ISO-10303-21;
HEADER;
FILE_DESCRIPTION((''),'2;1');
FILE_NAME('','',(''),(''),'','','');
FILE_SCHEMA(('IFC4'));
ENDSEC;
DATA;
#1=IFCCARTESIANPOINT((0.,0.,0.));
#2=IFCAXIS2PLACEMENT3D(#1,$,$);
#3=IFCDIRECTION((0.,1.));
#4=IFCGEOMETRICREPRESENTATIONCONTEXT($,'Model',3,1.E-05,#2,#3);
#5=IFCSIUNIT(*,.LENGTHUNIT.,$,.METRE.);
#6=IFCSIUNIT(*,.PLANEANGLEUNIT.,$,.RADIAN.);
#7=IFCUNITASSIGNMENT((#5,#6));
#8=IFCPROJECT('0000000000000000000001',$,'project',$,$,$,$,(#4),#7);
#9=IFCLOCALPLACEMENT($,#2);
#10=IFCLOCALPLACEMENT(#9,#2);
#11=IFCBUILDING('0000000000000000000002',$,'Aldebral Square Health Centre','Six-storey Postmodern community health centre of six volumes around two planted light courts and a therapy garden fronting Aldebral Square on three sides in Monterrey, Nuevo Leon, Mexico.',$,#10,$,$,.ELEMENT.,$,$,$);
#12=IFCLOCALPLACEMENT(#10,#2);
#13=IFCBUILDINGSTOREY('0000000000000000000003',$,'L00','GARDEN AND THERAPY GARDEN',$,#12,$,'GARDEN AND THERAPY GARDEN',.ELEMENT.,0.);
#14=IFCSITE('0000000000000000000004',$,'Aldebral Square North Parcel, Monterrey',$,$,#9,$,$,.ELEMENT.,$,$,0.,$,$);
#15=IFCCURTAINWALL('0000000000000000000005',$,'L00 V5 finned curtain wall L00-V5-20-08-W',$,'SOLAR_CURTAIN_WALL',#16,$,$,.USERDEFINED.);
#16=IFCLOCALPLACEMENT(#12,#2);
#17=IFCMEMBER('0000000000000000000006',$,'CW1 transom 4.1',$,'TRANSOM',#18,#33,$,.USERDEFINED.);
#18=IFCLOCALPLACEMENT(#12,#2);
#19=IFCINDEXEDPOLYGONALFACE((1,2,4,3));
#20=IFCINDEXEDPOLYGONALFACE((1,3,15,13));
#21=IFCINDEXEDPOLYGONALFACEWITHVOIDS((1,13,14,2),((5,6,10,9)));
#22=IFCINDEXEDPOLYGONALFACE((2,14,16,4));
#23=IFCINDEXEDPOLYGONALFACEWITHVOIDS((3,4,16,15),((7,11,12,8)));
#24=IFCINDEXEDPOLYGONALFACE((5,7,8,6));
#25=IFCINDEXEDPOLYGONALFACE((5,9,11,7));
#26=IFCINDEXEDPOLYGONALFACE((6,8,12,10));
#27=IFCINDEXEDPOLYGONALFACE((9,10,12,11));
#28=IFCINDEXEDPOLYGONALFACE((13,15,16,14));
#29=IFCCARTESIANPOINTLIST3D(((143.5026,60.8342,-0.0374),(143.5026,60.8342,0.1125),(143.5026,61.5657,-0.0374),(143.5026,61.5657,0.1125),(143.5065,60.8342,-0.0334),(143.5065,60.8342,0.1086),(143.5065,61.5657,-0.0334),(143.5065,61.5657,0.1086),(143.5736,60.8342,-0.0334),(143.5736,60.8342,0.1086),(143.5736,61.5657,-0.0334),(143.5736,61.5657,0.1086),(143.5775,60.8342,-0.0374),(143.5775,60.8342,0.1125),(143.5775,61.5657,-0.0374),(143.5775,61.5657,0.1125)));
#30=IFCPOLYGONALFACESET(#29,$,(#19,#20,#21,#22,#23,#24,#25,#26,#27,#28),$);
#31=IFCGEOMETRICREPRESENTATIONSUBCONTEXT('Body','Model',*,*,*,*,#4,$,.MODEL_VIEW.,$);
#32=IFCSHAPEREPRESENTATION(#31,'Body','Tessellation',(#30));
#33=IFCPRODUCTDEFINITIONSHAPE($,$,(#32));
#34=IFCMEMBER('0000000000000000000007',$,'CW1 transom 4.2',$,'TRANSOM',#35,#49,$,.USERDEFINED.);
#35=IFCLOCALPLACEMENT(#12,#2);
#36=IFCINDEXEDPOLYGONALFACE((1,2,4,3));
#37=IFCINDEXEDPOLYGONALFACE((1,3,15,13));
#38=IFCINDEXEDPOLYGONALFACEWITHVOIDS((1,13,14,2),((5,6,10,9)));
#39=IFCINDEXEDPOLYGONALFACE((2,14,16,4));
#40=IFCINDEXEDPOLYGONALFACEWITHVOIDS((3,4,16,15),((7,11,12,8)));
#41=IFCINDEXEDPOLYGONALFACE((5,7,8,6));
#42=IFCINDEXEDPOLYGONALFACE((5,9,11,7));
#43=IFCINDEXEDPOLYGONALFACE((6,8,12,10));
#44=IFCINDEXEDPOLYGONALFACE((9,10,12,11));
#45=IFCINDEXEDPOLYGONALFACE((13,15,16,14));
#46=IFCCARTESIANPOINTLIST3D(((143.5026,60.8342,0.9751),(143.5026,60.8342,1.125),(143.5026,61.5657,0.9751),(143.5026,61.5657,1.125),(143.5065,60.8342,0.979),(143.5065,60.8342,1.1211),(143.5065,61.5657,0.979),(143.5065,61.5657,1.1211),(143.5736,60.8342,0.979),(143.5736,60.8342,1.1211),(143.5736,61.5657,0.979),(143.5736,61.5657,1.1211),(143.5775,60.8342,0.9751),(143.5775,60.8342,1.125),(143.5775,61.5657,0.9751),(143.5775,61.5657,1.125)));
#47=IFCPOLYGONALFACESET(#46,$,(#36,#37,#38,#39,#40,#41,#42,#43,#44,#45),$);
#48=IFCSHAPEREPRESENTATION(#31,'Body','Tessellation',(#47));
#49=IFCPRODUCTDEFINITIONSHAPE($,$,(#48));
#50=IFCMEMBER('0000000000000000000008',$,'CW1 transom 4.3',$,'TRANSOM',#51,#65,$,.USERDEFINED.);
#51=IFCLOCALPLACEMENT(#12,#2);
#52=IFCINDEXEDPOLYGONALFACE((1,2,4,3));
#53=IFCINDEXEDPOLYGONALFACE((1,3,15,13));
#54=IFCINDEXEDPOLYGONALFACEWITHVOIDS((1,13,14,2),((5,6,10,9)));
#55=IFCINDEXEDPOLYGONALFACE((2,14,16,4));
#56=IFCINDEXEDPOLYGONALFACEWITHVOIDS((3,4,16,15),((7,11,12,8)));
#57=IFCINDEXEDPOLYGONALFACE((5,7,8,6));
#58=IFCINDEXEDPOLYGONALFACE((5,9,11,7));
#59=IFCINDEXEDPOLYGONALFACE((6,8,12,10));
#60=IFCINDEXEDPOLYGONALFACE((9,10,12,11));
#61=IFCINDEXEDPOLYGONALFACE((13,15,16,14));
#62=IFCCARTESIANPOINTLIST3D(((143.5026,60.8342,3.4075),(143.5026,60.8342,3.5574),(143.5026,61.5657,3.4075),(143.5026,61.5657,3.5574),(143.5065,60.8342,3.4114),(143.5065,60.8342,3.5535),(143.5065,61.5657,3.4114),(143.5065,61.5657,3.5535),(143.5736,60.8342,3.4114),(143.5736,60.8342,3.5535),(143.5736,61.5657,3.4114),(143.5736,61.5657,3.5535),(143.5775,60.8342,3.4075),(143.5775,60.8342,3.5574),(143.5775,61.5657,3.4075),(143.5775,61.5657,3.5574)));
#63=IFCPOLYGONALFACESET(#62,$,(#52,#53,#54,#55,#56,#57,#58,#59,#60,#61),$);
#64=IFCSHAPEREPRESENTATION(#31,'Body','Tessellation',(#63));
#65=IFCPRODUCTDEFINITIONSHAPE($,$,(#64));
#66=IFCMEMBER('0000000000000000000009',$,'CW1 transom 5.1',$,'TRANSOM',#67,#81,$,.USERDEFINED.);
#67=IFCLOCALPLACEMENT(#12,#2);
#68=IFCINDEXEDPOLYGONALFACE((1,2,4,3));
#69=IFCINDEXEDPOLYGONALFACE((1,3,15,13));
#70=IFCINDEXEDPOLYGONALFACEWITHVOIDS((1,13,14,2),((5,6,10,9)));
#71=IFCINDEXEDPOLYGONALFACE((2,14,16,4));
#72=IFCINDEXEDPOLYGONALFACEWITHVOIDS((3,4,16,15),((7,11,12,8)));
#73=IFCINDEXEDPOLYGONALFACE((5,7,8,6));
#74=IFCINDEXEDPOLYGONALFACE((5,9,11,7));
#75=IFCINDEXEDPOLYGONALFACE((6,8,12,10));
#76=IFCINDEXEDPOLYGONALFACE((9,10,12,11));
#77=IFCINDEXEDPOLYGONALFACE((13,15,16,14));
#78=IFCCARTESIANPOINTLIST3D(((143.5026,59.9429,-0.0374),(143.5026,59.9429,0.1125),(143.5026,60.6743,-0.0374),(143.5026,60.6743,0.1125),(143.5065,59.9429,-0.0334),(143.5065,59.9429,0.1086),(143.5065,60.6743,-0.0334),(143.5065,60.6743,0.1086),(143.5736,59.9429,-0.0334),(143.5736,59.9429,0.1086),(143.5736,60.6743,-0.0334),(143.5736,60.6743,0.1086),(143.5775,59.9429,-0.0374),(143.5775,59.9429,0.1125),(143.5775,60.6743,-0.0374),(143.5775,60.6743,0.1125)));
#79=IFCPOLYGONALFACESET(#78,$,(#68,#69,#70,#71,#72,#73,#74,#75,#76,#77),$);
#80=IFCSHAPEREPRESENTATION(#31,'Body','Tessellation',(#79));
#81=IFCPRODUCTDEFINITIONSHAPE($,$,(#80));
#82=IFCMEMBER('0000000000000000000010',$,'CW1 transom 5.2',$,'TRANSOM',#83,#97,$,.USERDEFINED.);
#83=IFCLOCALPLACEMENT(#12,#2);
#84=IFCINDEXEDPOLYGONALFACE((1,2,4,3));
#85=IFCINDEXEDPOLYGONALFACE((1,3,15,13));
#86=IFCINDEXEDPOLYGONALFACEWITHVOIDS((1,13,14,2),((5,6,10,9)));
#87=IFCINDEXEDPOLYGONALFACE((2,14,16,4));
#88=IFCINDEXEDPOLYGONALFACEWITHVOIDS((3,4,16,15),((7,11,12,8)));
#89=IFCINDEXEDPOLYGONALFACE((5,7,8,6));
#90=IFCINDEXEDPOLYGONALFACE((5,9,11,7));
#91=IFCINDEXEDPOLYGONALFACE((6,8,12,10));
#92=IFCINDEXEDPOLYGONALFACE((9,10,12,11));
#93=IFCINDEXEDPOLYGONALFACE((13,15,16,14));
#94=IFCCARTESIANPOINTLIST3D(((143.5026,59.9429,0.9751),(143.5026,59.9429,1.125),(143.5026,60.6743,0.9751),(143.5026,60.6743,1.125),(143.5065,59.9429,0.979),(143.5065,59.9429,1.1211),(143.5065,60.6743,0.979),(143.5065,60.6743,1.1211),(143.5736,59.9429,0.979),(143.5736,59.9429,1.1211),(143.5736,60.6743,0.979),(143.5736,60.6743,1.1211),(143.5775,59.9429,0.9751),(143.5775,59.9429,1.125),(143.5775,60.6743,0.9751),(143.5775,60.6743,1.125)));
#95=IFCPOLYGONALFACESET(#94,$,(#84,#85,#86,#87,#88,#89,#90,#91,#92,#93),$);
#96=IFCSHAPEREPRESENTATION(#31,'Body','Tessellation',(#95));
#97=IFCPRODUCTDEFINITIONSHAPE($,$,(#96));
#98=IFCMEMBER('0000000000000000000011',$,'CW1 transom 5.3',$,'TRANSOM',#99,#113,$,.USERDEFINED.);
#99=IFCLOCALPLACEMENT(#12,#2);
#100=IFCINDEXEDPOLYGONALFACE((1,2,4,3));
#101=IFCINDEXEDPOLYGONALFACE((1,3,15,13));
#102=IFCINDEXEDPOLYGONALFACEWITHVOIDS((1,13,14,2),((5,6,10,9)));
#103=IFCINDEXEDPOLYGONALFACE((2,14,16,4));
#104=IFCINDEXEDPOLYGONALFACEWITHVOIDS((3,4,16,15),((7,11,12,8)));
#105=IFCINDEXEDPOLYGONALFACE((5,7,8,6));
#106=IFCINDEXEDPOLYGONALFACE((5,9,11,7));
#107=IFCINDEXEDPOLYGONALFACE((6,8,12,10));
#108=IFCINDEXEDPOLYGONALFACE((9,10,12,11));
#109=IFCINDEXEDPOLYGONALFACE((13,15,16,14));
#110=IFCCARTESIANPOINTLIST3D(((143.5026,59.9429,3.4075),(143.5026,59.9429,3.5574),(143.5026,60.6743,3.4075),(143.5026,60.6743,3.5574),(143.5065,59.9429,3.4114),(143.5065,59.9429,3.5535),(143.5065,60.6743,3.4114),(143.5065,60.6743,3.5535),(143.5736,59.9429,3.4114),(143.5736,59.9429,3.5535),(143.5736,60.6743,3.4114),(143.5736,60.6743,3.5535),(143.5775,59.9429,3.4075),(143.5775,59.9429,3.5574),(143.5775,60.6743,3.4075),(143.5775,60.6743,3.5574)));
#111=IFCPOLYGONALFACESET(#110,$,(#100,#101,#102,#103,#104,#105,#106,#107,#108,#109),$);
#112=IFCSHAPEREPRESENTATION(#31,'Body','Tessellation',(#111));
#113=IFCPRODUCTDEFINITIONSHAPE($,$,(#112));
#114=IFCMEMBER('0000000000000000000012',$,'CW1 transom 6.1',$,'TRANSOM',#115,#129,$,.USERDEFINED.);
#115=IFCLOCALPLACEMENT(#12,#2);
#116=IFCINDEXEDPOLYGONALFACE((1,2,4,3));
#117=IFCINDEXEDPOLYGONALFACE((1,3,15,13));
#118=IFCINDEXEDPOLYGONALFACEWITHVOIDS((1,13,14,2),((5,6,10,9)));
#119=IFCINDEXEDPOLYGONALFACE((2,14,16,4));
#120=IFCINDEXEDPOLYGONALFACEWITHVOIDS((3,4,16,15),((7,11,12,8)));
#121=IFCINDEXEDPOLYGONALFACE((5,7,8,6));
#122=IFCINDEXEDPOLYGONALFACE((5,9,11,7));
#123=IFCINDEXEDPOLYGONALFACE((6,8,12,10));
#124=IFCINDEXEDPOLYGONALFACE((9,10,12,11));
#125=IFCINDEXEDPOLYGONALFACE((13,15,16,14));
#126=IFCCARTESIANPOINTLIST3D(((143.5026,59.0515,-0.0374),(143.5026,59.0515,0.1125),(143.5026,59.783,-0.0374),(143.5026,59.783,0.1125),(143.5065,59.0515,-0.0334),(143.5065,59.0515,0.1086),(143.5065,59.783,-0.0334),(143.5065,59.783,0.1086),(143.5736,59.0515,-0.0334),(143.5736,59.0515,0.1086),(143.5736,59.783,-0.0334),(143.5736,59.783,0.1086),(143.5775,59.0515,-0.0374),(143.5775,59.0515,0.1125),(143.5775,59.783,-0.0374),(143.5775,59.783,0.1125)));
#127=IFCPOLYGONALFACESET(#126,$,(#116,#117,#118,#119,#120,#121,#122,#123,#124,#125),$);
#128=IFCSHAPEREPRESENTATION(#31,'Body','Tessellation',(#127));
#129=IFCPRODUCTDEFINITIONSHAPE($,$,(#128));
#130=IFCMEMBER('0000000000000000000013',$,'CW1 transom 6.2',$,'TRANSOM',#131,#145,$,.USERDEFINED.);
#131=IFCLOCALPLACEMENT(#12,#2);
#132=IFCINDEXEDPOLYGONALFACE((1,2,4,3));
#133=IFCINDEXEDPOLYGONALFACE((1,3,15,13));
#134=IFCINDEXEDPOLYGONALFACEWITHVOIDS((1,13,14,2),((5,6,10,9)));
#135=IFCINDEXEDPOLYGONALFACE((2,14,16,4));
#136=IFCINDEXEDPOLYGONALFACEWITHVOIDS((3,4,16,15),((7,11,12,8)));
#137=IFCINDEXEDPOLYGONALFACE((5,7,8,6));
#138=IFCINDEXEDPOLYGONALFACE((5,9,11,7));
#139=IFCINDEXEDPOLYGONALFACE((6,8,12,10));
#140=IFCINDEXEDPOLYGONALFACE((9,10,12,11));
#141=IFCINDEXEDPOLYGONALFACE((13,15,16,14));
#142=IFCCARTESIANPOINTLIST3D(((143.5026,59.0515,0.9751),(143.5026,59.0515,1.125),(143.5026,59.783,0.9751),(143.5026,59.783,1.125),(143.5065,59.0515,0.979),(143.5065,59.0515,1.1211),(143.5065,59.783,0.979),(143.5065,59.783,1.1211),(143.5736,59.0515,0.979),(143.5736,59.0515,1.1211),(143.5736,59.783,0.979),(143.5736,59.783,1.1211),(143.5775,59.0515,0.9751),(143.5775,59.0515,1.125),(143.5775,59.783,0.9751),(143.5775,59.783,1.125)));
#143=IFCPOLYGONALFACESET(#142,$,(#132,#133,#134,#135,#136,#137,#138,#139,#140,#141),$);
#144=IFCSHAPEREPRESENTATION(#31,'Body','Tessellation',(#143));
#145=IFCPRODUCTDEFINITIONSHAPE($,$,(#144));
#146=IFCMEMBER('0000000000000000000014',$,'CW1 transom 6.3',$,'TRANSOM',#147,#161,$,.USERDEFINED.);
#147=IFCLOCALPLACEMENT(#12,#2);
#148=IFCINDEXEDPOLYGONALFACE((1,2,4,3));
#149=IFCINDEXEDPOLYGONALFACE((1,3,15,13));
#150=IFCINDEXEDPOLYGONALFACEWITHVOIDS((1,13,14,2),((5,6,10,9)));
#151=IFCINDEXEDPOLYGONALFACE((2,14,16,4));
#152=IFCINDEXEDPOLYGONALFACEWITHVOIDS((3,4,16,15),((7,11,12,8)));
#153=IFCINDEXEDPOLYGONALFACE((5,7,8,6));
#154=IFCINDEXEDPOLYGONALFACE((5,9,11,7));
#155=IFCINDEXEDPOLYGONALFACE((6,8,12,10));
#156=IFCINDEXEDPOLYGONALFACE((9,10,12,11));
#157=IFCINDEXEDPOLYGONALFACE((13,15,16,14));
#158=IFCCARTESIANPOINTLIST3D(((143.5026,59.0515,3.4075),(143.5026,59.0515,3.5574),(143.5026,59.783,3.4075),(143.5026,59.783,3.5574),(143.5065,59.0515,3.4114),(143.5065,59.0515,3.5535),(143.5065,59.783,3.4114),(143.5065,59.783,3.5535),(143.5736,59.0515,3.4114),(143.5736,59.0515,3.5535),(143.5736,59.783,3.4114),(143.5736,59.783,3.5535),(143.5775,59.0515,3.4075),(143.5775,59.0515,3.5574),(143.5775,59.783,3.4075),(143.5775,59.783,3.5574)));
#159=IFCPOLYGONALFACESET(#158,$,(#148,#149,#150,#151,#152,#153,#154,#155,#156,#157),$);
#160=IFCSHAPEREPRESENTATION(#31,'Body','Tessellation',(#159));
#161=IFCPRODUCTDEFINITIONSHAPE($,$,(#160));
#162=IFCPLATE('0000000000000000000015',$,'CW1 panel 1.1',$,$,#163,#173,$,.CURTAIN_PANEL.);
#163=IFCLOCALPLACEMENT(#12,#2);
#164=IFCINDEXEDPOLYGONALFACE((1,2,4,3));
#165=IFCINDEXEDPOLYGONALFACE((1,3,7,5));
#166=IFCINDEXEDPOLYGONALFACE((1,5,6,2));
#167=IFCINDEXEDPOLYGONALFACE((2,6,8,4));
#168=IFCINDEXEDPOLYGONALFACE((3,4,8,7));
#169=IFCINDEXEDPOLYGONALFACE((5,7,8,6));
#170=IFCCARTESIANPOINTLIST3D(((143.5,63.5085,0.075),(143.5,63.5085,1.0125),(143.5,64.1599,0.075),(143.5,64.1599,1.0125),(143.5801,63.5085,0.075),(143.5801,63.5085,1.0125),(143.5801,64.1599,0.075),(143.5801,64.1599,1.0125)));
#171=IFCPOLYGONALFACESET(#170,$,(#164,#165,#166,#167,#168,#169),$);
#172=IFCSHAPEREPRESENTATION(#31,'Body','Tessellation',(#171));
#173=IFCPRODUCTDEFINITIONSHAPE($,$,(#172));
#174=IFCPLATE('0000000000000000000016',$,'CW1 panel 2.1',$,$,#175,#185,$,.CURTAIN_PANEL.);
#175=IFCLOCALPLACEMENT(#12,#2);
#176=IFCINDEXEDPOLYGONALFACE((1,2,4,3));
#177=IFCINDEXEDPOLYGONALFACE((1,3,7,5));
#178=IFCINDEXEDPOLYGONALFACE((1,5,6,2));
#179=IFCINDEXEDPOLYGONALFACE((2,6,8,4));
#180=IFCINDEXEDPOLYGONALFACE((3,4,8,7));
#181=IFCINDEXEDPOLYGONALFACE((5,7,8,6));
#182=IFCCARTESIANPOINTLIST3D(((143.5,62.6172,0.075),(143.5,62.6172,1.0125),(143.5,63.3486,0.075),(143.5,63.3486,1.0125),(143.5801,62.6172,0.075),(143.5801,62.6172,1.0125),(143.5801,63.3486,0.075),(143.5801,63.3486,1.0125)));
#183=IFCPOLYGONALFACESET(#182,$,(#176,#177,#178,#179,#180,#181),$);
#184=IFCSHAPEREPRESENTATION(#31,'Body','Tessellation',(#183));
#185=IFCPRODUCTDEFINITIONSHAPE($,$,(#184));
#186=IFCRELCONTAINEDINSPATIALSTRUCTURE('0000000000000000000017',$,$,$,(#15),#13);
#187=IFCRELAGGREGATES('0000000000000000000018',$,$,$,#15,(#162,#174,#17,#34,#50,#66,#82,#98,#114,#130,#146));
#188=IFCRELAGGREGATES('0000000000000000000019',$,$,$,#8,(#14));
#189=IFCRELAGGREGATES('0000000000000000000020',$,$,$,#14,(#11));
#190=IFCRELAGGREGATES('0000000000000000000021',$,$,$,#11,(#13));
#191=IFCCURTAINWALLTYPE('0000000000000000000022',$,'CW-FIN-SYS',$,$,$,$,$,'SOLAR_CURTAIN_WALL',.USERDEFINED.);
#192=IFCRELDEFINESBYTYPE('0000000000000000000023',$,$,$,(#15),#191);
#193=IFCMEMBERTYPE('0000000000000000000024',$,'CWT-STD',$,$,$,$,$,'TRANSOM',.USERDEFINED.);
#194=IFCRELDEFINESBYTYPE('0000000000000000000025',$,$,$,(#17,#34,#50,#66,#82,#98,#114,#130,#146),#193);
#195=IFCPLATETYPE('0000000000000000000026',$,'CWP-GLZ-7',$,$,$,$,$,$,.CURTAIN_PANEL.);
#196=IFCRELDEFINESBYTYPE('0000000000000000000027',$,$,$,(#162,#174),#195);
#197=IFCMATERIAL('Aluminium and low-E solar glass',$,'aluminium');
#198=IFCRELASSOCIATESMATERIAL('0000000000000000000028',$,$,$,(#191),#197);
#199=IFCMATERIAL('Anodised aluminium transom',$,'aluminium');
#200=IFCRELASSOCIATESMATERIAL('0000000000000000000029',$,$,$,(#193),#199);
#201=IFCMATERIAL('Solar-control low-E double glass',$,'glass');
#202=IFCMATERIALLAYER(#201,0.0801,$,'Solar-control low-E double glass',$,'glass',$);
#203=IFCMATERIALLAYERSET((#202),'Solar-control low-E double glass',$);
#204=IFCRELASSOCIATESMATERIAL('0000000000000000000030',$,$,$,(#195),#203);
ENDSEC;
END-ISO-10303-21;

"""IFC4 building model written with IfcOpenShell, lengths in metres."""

from ifc_helpers import new_model, si_unit, direction, frame, origin, origin_2d, place, context, subcontext, project, spatial, rectangle, hollow_rectangle, extrude, material, layer, layer_set, material_profile, profile_set, type_object, element, aggregate, save


model = new_model("IFC4")

# Units and contexts
model_context = context("Model", 3, precision=1e-05, world=origin(), true_north=direction((0.0, 1.0)))
body_context = subcontext(model_context, "Body", "Model", "MODEL_VIEW")
ifc_project = project(units=[si_unit("LENGTHUNIT", "METRE"), si_unit("PLANEANGLEUNIT", "RADIAN")], contexts=[model_context])

# Site, building, storey
site_placement = place(None, origin())
site = spatial("IfcSite", under=ifc_project, at=site_placement, Name="Aldebral Square North Parcel, Monterrey", CompositionType="ELEMENT", RefElevation=0.0)
building_placement = place(site_placement, origin())
building = spatial("IfcBuilding", under=site, at=building_placement, Name="Aldebral Square Health Centre", Description="Six-storey Postmodern community health centre of six volumes around two planted light courts and a therapy garden fronting Aldebral Square on three sides in Monterrey, Nuevo Leon, Mexico.", CompositionType="ELEMENT")
storey_placement = place(building_placement, origin())
storey = spatial("IfcBuildingStorey", under=building, at=storey_placement, Name="L00", Description="GARDEN AND THERAPY GARDEN", LongName="GARDEN AND THERAPY GARDEN", CompositionType="ELEMENT", Elevation=0.0)

# Curtain wall, members, plates
ifc_material_1 = material(Name="Aluminium and low-E solar glass", Category="aluminium")
curtain_wall_type = type_object("IfcCurtainWallType", Name="CW-FIN-SYS", ElementType="SOLAR_CURTAIN_WALL", PredefinedType="USERDEFINED", material=ifc_material_1)
curtain_wall_placement = place(storey_placement, origin())
curtain_wall = element("IfcCurtainWall", 1, at=curtain_wall_placement, inside=storey, type_object=curtain_wall_type, Name="L00 V5 finned curtain wall L00-V5-20-08-W", ObjectType="SOLAR_CURTAIN_WALL", PredefinedType="USERDEFINED")
ifc_material_2 = material(Name="Anodised aluminium transom", Category="aluminium")
ifc_material_profile_1 = material_profile(ifc_material_2, hollow_rectangle(XDim=0.075, YDim=0.1499, WallThickness=0.0039, at=origin_2d()), Name="CWT 75x150x4")
ifc_profile_set_1 = profile_set([ifc_material_profile_1], Name="Anodised aluminium transom")
member_type_1 = type_object("IfcMemberType", Name="CWT-STD", ElementType="TRANSOM", PredefinedType="USERDEFINED", material=ifc_profile_set_1)
member_1_placement = place(storey_placement, frame((143.54, 61.5657, 0.0376), z_axis=(0.0, -1.0, 0.0), x_axis=(1.0, 0.0, 0.0)))
member_1 = element("IfcMember", 2, at=member_1_placement, type_object=member_type_1, Name="CW1 transom 4.1", ObjectType="TRANSOM", PredefinedType="USERDEFINED", context=body_context, shape_type="SweptSolid", body=[
    extrude(hollow_rectangle(XDim=0.075, YDim=0.1499, WallThickness=0.0039, at=origin_2d()), origin(), (0.0, 0.0, 1.0), 0.7314),
])
member_2_placement = place(storey_placement, frame((143.54, 61.5657, 1.05), z_axis=(0.0, -1.0, 0.0), x_axis=(1.0, 0.0, 0.0)))
member_2 = element("IfcMember", 3, at=member_2_placement, type_object=member_type_1, Name="CW1 transom 4.2", ObjectType="TRANSOM", PredefinedType="USERDEFINED", context=body_context, shape_type="SweptSolid", body=[
    extrude(hollow_rectangle(XDim=0.075, YDim=0.1499, WallThickness=0.0039, at=origin_2d()), origin(), (0.0, 0.0, 1.0), 0.7314),
])
member_3_placement = place(storey_placement, frame((143.54, 61.5657, 3.4824), z_axis=(0.0, -1.0, 0.0), x_axis=(1.0, 0.0, 0.0)))
member_3 = element("IfcMember", 4, at=member_3_placement, type_object=member_type_1, Name="CW1 transom 4.3", ObjectType="TRANSOM", PredefinedType="USERDEFINED", context=body_context, shape_type="SweptSolid", body=[
    extrude(hollow_rectangle(XDim=0.075, YDim=0.1499, WallThickness=0.0039, at=origin_2d()), origin(), (0.0, 0.0, 1.0), 0.7314),
])
member_4_placement = place(storey_placement, frame((143.54, 60.6743, 0.0376), z_axis=(0.0, -1.0, 0.0), x_axis=(1.0, 0.0, 0.0)))
member_4 = element("IfcMember", 5, at=member_4_placement, type_object=member_type_1, Name="CW1 transom 5.1", ObjectType="TRANSOM", PredefinedType="USERDEFINED", context=body_context, shape_type="SweptSolid", body=[
    extrude(hollow_rectangle(XDim=0.075, YDim=0.1499, WallThickness=0.0039, at=origin_2d()), origin(), (0.0, 0.0, 1.0), 0.7314),
])
member_5_placement = place(storey_placement, frame((143.54, 60.6743, 1.05), z_axis=(0.0, -1.0, 0.0), x_axis=(1.0, 0.0, 0.0)))
member_5 = element("IfcMember", 6, at=member_5_placement, type_object=member_type_1, Name="CW1 transom 5.2", ObjectType="TRANSOM", PredefinedType="USERDEFINED", context=body_context, shape_type="SweptSolid", body=[
    extrude(hollow_rectangle(XDim=0.075, YDim=0.1499, WallThickness=0.0039, at=origin_2d()), origin(), (0.0, 0.0, 1.0), 0.7314),
])
member_6_placement = place(storey_placement, frame((143.54, 60.6743, 3.4824), z_axis=(0.0, -1.0, 0.0), x_axis=(1.0, 0.0, 0.0)))
member_6 = element("IfcMember", 7, at=member_6_placement, type_object=member_type_1, Name="CW1 transom 5.3", ObjectType="TRANSOM", PredefinedType="USERDEFINED", context=body_context, shape_type="SweptSolid", body=[
    extrude(hollow_rectangle(XDim=0.075, YDim=0.1499, WallThickness=0.0039, at=origin_2d()), origin(), (0.0, 0.0, 1.0), 0.7314),
])
member_7_placement = place(storey_placement, frame((143.54, 59.783, 0.0376), z_axis=(0.0, -1.0, 0.0), x_axis=(1.0, 0.0, 0.0)))
member_7 = element("IfcMember", 8, at=member_7_placement, type_object=member_type_1, Name="CW1 transom 6.1", ObjectType="TRANSOM", PredefinedType="USERDEFINED", context=body_context, shape_type="SweptSolid", body=[
    extrude(hollow_rectangle(XDim=0.075, YDim=0.1499, WallThickness=0.0039, at=origin_2d()), origin(), (0.0, 0.0, 1.0), 0.7314),
])
member_8_placement = place(storey_placement, frame((143.54, 59.783, 1.05), z_axis=(0.0, -1.0, 0.0), x_axis=(1.0, 0.0, 0.0)))
member_8 = element("IfcMember", 9, at=member_8_placement, type_object=member_type_1, Name="CW1 transom 6.2", ObjectType="TRANSOM", PredefinedType="USERDEFINED", context=body_context, shape_type="SweptSolid", body=[
    extrude(hollow_rectangle(XDim=0.075, YDim=0.1499, WallThickness=0.0039, at=origin_2d()), origin(), (0.0, 0.0, 1.0), 0.7314),
])
member_9_placement = place(storey_placement, frame((143.54, 59.783, 3.4824), z_axis=(0.0, -1.0, 0.0), x_axis=(1.0, 0.0, 0.0)))
member_9 = element("IfcMember", 10, at=member_9_placement, type_object=member_type_1, Name="CW1 transom 6.3", ObjectType="TRANSOM", PredefinedType="USERDEFINED", context=body_context, shape_type="SweptSolid", body=[
    extrude(hollow_rectangle(XDim=0.075, YDim=0.1499, WallThickness=0.0039, at=origin_2d()), origin(), (0.0, 0.0, 1.0), 0.7314),
])
ifc_material_3 = material(Name="Solar-control low-E double glass", Category="glass")
ifc_layer_1 = layer(ifc_material_3, 0.0801, Name="Solar-control low-E double glass", Category="glass")
ifc_layer_set_1 = layer_set([ifc_layer_1], Name="Solar-control low-E double glass")
plate_type = type_object("IfcPlateType", Name="CWP-GLZ-7", PredefinedType="CURTAIN_PANEL", material=ifc_layer_set_1)
plate_1_placement = place(storey_placement, frame((143.54, 63.8342, 0.075), z_axis=(0.0, 0.0, 1.0), x_axis=(0.0, -1.0, 0.0)))
plate_1 = element("IfcPlate", 11, at=plate_1_placement, type_object=plate_type, Name="CW1 panel 1.1", PredefinedType="CURTAIN_PANEL", context=body_context, shape_type="SweptSolid", body=[
    extrude(rectangle(XDim=0.6514, YDim=0.0801, at=origin_2d()), origin(), (0.0, 0.0, 1.0), 0.9375),
])
plate_2_placement = place(storey_placement, frame((143.54, 62.9829, 0.075), z_axis=(0.0, 0.0, 1.0), x_axis=(0.0, -1.0, 0.0)))
plate_2 = element("IfcPlate", 12, at=plate_2_placement, type_object=plate_type, Name="CW1 panel 2.1", PredefinedType="CURTAIN_PANEL", context=body_context, shape_type="SweptSolid", body=[
    extrude(rectangle(XDim=0.7314, YDim=0.0801, at=origin_2d()), origin(), (0.0, 0.0, 1.0), 0.9375),
])
aggregate(curtain_wall, [plate_1, plate_2, member_1, member_2, member_3, member_4, member_5, member_6, member_7, member_8, member_9])

save(model, "model.ifc")
